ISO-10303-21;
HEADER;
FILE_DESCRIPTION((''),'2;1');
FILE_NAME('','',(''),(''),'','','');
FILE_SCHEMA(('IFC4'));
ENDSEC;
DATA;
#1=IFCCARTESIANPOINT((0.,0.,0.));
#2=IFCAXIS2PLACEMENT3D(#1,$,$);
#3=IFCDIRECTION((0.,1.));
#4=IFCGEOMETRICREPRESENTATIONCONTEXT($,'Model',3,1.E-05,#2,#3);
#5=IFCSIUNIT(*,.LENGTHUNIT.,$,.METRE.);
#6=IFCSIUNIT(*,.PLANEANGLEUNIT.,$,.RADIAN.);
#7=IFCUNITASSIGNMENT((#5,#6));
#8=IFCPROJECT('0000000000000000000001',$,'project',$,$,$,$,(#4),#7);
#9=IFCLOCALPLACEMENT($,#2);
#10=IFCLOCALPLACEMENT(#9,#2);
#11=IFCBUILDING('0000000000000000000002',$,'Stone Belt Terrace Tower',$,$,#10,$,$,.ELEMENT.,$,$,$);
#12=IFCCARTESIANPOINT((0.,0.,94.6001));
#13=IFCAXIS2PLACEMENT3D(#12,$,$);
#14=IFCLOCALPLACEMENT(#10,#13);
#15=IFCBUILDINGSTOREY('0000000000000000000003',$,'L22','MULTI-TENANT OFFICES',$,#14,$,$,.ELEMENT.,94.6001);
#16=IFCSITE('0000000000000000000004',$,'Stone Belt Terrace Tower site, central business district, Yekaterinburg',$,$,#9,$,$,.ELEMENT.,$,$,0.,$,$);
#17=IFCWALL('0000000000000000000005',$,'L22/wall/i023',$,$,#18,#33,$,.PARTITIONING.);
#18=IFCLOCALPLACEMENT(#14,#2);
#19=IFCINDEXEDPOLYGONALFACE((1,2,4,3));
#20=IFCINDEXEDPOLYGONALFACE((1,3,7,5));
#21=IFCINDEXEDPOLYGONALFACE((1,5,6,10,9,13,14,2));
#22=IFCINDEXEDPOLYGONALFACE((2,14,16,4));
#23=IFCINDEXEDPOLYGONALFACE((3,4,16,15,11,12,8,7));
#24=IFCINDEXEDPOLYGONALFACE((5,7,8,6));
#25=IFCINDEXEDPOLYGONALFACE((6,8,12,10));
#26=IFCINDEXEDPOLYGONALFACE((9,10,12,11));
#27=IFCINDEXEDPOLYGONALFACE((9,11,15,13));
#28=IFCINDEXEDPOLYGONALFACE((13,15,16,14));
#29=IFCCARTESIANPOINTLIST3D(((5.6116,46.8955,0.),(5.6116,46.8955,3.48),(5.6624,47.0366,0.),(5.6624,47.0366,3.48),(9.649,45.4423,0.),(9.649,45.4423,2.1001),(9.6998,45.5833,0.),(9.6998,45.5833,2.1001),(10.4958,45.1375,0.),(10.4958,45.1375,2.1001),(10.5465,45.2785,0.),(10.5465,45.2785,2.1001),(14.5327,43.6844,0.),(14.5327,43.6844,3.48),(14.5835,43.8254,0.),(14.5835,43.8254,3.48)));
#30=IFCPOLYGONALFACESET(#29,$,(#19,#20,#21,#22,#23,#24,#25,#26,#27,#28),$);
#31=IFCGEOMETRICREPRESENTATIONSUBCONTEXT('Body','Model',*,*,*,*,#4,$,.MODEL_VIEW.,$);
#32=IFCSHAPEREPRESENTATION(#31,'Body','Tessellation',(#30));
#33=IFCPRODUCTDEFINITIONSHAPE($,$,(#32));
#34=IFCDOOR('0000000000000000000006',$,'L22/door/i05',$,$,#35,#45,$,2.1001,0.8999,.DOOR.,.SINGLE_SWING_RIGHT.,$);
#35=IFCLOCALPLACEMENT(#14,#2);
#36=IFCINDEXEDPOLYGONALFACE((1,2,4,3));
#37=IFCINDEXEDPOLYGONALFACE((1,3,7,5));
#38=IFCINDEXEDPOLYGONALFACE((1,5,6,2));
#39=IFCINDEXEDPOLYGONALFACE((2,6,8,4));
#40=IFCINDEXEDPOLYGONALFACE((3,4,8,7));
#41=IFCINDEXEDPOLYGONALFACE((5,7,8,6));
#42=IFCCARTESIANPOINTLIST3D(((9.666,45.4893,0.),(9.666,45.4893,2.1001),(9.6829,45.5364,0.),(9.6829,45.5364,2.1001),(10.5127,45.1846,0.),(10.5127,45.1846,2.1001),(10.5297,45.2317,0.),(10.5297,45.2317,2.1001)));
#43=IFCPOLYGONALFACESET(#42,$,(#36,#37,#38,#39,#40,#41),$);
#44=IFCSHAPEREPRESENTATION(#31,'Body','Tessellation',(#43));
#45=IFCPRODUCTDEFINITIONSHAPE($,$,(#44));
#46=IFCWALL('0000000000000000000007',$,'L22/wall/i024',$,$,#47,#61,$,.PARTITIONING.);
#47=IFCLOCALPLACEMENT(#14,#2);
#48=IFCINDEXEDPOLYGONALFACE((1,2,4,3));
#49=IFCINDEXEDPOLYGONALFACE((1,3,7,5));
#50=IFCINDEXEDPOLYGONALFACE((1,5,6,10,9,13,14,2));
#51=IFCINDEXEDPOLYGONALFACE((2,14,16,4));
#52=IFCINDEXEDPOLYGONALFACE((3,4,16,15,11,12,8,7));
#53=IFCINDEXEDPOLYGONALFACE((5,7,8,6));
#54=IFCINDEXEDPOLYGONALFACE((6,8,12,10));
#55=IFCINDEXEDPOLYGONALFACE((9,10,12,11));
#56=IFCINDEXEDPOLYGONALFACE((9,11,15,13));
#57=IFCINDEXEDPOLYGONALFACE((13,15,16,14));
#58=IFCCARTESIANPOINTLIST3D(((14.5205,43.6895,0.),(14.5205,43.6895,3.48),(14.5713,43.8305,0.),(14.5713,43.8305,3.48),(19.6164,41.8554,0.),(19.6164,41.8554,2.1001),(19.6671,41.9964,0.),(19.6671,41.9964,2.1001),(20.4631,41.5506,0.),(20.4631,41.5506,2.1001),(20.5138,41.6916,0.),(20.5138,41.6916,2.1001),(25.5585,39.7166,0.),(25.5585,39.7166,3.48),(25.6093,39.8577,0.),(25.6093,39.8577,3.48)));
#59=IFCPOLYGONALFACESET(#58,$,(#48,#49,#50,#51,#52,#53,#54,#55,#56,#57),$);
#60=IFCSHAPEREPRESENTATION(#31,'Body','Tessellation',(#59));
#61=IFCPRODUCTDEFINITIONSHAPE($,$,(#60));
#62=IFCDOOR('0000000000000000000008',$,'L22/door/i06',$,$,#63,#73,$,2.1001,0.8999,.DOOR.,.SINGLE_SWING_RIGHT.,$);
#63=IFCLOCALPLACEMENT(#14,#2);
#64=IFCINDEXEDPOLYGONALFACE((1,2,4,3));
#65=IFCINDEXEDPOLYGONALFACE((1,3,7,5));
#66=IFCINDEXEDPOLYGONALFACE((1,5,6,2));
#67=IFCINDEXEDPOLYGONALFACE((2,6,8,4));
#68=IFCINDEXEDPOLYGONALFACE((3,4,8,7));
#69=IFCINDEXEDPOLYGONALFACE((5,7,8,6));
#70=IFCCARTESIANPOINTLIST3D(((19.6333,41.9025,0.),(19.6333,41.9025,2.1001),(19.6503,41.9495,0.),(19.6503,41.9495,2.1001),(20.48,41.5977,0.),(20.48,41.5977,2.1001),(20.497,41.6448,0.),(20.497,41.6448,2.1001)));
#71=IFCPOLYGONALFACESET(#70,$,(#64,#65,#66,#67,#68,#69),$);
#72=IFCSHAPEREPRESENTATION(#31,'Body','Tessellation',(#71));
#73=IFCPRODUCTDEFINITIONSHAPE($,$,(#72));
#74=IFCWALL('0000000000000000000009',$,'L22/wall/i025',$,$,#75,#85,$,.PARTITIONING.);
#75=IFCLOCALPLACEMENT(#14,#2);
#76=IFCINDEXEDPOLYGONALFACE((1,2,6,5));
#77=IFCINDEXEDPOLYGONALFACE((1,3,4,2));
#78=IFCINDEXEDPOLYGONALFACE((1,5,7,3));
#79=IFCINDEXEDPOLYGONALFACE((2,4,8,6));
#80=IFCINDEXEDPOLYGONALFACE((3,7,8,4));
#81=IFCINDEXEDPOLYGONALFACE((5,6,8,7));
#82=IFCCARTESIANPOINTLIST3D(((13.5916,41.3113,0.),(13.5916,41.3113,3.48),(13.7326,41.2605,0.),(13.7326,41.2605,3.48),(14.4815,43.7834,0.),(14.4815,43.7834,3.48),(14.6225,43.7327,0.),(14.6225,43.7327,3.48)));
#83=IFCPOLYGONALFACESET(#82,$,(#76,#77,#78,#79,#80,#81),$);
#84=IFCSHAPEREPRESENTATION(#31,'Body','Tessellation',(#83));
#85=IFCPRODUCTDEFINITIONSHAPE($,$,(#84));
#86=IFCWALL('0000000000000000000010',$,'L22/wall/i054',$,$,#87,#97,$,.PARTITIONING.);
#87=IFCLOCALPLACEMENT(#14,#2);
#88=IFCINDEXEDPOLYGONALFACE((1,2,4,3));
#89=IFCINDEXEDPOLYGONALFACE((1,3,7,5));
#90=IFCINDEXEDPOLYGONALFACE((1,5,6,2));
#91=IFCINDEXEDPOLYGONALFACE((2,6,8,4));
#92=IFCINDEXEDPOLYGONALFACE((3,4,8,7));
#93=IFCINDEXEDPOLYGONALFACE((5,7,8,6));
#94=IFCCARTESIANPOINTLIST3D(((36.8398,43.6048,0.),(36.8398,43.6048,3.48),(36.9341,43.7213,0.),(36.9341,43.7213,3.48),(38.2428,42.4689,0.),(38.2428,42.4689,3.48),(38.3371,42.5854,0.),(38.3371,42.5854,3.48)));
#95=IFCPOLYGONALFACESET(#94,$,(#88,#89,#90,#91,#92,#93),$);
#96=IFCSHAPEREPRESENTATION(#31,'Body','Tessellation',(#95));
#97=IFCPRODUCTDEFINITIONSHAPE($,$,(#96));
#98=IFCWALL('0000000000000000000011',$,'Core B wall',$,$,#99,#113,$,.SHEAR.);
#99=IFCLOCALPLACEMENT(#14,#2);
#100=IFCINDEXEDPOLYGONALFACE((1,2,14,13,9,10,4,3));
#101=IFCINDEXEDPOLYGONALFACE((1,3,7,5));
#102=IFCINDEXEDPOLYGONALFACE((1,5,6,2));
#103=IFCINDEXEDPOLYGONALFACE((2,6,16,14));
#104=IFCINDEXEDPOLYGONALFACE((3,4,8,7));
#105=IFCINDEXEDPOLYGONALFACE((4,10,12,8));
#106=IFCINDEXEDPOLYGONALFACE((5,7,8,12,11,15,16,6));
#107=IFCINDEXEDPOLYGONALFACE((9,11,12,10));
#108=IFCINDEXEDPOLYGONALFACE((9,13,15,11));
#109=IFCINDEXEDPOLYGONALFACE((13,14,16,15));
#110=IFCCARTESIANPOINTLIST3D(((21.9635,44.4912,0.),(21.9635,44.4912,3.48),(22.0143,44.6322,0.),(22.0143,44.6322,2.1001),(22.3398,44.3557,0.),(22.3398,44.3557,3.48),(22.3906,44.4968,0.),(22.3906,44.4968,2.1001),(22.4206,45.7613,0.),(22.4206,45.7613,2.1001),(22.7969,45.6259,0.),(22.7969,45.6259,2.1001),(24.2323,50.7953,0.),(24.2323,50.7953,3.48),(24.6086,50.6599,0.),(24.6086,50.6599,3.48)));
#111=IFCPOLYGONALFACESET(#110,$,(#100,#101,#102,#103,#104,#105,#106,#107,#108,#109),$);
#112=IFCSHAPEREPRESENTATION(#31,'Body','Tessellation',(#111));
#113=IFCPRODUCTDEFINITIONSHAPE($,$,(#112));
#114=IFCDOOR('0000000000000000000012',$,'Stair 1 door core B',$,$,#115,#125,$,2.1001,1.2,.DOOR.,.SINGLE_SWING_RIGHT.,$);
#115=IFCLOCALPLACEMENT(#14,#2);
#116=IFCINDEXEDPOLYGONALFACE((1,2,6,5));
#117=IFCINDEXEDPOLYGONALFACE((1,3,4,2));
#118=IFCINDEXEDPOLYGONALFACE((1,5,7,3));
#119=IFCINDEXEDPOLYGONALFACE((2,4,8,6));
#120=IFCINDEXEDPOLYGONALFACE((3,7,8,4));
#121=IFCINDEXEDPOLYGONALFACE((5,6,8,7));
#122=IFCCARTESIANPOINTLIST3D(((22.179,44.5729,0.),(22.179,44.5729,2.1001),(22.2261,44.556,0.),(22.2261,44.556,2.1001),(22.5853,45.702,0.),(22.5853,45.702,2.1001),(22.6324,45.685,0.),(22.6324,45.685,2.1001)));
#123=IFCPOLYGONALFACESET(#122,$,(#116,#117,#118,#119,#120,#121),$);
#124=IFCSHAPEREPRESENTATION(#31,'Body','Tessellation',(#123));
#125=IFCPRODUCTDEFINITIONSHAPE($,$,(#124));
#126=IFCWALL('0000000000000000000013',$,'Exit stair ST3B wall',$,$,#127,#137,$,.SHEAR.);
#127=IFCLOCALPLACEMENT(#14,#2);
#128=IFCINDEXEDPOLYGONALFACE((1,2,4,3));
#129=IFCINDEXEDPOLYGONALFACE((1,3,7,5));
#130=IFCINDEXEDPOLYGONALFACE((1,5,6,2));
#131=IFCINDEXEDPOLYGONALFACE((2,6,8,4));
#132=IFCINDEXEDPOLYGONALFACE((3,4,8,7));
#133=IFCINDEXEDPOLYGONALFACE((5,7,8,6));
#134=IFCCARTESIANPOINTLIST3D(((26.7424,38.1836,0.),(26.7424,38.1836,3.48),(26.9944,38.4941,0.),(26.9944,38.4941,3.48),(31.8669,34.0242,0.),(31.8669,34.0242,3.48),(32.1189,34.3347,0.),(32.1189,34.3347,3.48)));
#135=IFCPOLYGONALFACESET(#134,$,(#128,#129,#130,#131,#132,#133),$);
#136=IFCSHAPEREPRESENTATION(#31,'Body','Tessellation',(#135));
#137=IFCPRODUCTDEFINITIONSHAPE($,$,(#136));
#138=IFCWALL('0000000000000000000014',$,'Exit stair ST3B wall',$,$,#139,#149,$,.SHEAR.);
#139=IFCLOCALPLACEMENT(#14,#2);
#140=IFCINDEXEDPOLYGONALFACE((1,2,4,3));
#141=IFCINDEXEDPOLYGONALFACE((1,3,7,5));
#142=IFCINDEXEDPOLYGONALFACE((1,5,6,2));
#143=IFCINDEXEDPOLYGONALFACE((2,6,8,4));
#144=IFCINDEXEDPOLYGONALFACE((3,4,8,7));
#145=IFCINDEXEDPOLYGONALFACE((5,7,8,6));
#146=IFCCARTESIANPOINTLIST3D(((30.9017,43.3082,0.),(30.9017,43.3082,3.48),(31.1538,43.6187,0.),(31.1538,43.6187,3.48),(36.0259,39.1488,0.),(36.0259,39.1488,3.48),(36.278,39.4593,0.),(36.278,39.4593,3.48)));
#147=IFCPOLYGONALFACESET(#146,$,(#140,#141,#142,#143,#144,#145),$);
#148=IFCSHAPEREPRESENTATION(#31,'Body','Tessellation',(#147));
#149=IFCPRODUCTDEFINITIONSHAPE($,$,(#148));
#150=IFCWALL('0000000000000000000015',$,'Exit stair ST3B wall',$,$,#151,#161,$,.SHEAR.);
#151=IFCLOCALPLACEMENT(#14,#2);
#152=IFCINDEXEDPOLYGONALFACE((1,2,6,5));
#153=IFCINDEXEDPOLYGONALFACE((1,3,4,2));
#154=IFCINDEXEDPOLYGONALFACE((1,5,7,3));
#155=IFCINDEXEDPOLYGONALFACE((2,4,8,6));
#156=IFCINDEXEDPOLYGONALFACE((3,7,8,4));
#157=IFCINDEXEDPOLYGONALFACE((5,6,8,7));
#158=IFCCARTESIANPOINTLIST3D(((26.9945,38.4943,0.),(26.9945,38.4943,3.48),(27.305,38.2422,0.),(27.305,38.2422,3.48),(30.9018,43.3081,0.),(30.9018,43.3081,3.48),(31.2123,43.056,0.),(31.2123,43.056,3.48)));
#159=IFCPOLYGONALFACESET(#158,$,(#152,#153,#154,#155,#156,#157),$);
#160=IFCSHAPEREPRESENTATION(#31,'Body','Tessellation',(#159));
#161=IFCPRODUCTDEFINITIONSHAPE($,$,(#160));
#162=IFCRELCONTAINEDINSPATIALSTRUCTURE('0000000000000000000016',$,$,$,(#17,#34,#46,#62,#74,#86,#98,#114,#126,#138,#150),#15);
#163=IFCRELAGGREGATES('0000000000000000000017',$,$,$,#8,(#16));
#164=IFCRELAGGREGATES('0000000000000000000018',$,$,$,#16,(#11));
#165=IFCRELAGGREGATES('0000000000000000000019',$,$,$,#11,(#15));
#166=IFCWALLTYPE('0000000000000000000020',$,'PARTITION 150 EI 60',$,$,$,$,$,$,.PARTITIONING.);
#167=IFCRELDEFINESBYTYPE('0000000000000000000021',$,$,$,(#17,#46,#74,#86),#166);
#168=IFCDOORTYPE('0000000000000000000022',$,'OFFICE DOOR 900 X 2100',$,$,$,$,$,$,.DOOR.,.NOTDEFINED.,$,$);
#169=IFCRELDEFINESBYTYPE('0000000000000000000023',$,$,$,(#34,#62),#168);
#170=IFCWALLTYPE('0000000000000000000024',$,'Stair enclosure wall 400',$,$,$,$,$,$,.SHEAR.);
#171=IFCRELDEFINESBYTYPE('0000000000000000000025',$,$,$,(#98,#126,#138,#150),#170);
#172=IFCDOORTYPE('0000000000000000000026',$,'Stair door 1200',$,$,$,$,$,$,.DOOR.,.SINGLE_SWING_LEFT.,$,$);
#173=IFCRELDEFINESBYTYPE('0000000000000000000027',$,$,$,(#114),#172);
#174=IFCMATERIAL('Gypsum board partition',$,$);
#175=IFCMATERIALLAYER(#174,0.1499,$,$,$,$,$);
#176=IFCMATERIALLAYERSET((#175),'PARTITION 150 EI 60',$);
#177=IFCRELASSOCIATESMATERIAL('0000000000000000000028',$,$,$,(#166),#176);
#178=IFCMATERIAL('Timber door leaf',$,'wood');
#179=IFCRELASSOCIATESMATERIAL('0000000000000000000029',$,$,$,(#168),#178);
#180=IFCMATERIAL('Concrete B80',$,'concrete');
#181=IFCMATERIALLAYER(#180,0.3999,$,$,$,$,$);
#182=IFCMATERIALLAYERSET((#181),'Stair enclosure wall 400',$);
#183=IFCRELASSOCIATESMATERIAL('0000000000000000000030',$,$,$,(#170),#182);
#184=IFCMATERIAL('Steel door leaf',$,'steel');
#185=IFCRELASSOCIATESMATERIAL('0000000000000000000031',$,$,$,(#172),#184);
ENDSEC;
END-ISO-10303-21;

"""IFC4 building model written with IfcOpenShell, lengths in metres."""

from ifc_helpers import new_model, si_unit, direction, frame, frame_2d, origin, place, context, subcontext, project, spatial, rectangle, extrude, material, layer, layer_set, type_object, element, fill, save


model = new_model("IFC4")

# Units and contexts
model_context = context("Model", 3, precision=1e-05, world=origin(), true_north=direction((0.0, 1.0)))
body_context = subcontext(model_context, "Body", "Model", "MODEL_VIEW")
ifc_project = project(units=[si_unit("LENGTHUNIT", "METRE"), si_unit("PLANEANGLEUNIT", "RADIAN")], contexts=[model_context])

# Site, building, storey
site_placement = place(None, origin())
site = spatial("IfcSite", under=ifc_project, at=site_placement, Name="Stone Belt Terrace Tower site, central business district, Yekaterinburg", CompositionType="ELEMENT", RefElevation=0.0)
building_placement = place(site_placement, origin())
building = spatial("IfcBuilding", under=site, at=building_placement, Name="Stone Belt Terrace Tower", CompositionType="ELEMENT")
storey_placement = place(building_placement, frame((0.0, 0.0, 94.6001)))
storey = spatial("IfcBuildingStorey", under=building, at=storey_placement, Name="L22", Description="MULTI-TENANT OFFICES", CompositionType="ELEMENT", Elevation=94.6001)

# Shared definitions
ifc_material_1 = material(Name="Concrete B80", Category="concrete")

# Walls, openings, doors
ifc_material_2 = material(Name="Gypsum board partition")
ifc_layer_1 = layer(ifc_material_2, 0.1499)
ifc_layer_set_1 = layer_set([ifc_layer_1], Name="PARTITION 150 EI 60")
wall_type_1 = type_object("IfcWallType", Name="PARTITION 150 EI 60", PredefinedType="PARTITIONING", material=ifc_layer_set_1)
wall_1_placement = place(storey_placement, frame((14.5581, 43.7549, 0.0), z_axis=(0.0, 0.0, 1.0), x_axis=(-0.940902, 0.338679, 0.0)))
wall_1 = element("IfcWall", 1, at=wall_1_placement, inside=storey, type_object=wall_type_1, Name="L22/wall/i023", PredefinedType="PARTITIONING", context=body_context, shape_type="SweptSolid", body=[
    extrude(rectangle(XDim=9.4814, YDim=0.1499, at=frame_2d((4.7407, 0.0))), origin(), (0.0, 0.0, 1.0), 3.48),
])
opening_1_placement = place(wall_1_placement, frame((4.2905, 0.0, 0.0)))
opening_1 = element("IfcOpeningElement", 2, at=opening_1_placement, cuts=wall_1, PredefinedType="OPENING", context=body_context, shape_type="SweptSolid", body=[
    extrude(rectangle(XDim=0.8999, YDim=2.1001, at=frame_2d((0.45, 1.05))), frame((0.0, 0.085, 0.0), z_axis=(0.0, -1.0, 0.0), x_axis=(1.0, 0.0, 0.0)), (0.0, 0.0, 1.0), 0.1699),
])
ifc_material_3 = material(Name="Timber door leaf", Category="wood")
door_type_1 = type_object("IfcDoorType", Name="OFFICE DOOR 900 X 2100", OperationType="NOTDEFINED", PredefinedType="DOOR", material=ifc_material_3)
door_1_placement = place(opening_1_placement, origin())
door_1 = element("IfcDoor", 3, at=door_1_placement, inside=storey, type_object=door_type_1, Name="L22/door/i05", OperationType="SINGLE_SWING_RIGHT", OverallHeight=2.1001, OverallWidth=0.8999, PredefinedType="DOOR", context=body_context, shape_type="SweptSolid", body=[
    extrude(rectangle(XDim=0.8999, YDim=2.1001, at=frame_2d((0.45, 1.05))), frame((0.0, 0.0249, 0.0), z_axis=(0.0, -1.0, 0.0), x_axis=(1.0, 0.0, 0.0)), (0.0, 0.0, 1.0), 0.05),
])
fill(opening_1, door_1)
wall_2_placement = place(storey_placement, frame((25.584, 39.7871, 0.0), z_axis=(0.0, 0.0, 1.0), x_axis=(-0.940909, 0.338658, 0.0)))
wall_2 = element("IfcWall", 4, at=wall_2_placement, inside=storey, type_object=wall_type_1, Name="L22/wall/i024", PredefinedType="PARTITIONING", context=body_context, shape_type="SweptSolid", body=[
    extrude(rectangle(XDim=11.7312, YDim=0.1499, at=frame_2d((5.8657, 0.0))), origin(), (0.0, 0.0, 1.0), 3.48),
])
opening_2_placement = place(wall_2_placement, frame((5.4155, 0.0, 0.0)))
opening_2 = element("IfcOpeningElement", 5, at=opening_2_placement, cuts=wall_2, PredefinedType="OPENING", context=body_context, shape_type="SweptSolid", body=[
    extrude(rectangle(XDim=0.8999, YDim=2.1001, at=frame_2d((0.45, 1.05))), frame((0.0, 0.085, 0.0), z_axis=(0.0, -1.0, 0.0), x_axis=(1.0, 0.0, 0.0)), (0.0, 0.0, 1.0), 0.1699),
])
door_2_placement = place(opening_2_placement, origin())
door_2 = element("IfcDoor", 6, at=door_2_placement, inside=storey, type_object=door_type_1, Name="L22/door/i06", OperationType="SINGLE_SWING_RIGHT", OverallHeight=2.1001, OverallWidth=0.8999, PredefinedType="DOOR", context=body_context, shape_type="SweptSolid", body=[
    extrude(rectangle(XDim=0.8999, YDim=2.1001, at=frame_2d((0.45, 1.05))), frame((0.0, 0.0249, 0.0), z_axis=(0.0, -1.0, 0.0), x_axis=(1.0, 0.0, 0.0)), (0.0, 0.0, 1.0), 0.05),
])
fill(opening_2, door_2)

# Walls
wall_3_placement = place(storey_placement, frame((14.552, 43.7581, 0.0), z_axis=(0.0, 0.0, 1.0), x_axis=(-0.33869, -0.940898, 0.0)))
element("IfcWall", 7, at=wall_3_placement, inside=storey, type_object=wall_type_1, Name="L22/wall/i025", PredefinedType="PARTITIONING", context=body_context, shape_type="SweptSolid", body=[
    extrude(rectangle(XDim=2.6274, YDim=0.1499, at=frame_2d((1.3137, 0.0))), origin(), (0.0, 0.0, 1.0), 3.48),
])
wall_4_placement = place(storey_placement, frame((36.887, 43.6631, 0.0), z_axis=(0.0, 0.0, 1.0), x_axis=(0.777201, -0.629253, 0.0)))
element("IfcWall", 8, at=wall_4_placement, inside=storey, type_object=wall_type_1, Name="L22/wall/i054", PredefinedType="PARTITIONING", context=body_context, shape_type="SweptSolid", body=[
    extrude(rectangle(XDim=1.8052, YDim=0.1499, at=frame_2d((0.9026, 0.0))), origin(), (0.0, 0.0, 1.0), 3.48),
])

# Wall, opening, door
ifc_layer_2 = layer(ifc_material_1, 0.3999)
ifc_layer_set_2 = layer_set([ifc_layer_2], Name="Stair enclosure wall 400")
wall_type_2 = type_object("IfcWallType", Name="Stair enclosure wall 400", PredefinedType="SHEAR", material=ifc_layer_set_2)
wall_5_placement = place(storey_placement, frame((22.1516, 44.4233, 0.0), z_axis=(0.0, 0.0, 1.0), x_axis=(0.338625, 0.940921, 0.0)))
wall_5 = element("IfcWall", 9, at=wall_5_placement, inside=storey, type_object=wall_type_2, Name="Core B wall", PredefinedType="SHEAR", context=body_context, shape_type="SweptSolid", body=[
    extrude(rectangle(XDim=6.7, YDim=0.3999, at=frame_2d((3.3501, 0.0))), origin(), (0.0, 0.0, 1.0), 3.48),
])
opening_3_placement = place(wall_5_placement, frame((0.1499, 0.0, 0.0)))
opening_3 = element("IfcOpeningElement", 10, at=opening_3_placement, cuts=wall_5, PredefinedType="OPENING", context=body_context, shape_type="SweptSolid", body=[
    extrude(rectangle(XDim=1.2, YDim=2.1001, at=frame_2d((0.6001, 1.05))), frame((0.0, 0.21, 0.0), z_axis=(0.0, -1.0, 0.0), x_axis=(1.0, 0.0, 0.0)), (0.0, 0.0, 1.0), 0.4199),
])
ifc_material_4 = material(Name="Steel door leaf", Category="steel")
door_type_2 = type_object("IfcDoorType", Name="Stair door 1200", OperationType="SINGLE_SWING_LEFT", PredefinedType="DOOR", material=ifc_material_4)
door_3_placement = place(opening_3_placement, origin())
door_3 = element("IfcDoor", 11, at=door_3_placement, inside=storey, type_object=door_type_2, Name="Stair 1 door core B", OperationType="SINGLE_SWING_RIGHT", OverallHeight=2.1001, OverallWidth=1.2, PredefinedType="DOOR", context=body_context, shape_type="SweptSolid", body=[
    extrude(rectangle(XDim=1.2, YDim=2.1001, at=frame_2d((0.6001, 1.05))), frame((0.0, 0.0249, 0.0), z_axis=(0.0, -1.0, 0.0), x_axis=(1.0, 0.0, 0.0)), (0.0, 0.0, 1.0), 0.05),
])
fill(opening_3, door_3)

# Walls
wall_6_placement = place(storey_placement, frame((26.8684, 38.3389, 0.0), z_axis=(0.0, 0.0, 1.0), x_axis=(0.776428, -0.630205, 0.0)))
element("IfcWall", 12, at=wall_6_placement, inside=storey, type_object=wall_type_2, Name="Exit stair ST3B wall", PredefinedType="SHEAR", context=body_context, shape_type="SweptSolid", body=[
    extrude(rectangle(XDim=6.6001, YDim=0.3999, at=frame_2d((3.3, 0.0))), origin(), (0.0, 0.0, 1.0), 3.48),
])
wall_7_placement = place(storey_placement, frame((31.0278, 43.4634, 0.0), z_axis=(0.0, 0.0, 1.0), x_axis=(0.776414, -0.630224, 0.0)))
element("IfcWall", 13, at=wall_7_placement, inside=storey, type_object=wall_type_2, Name="Exit stair ST3B wall", PredefinedType="SHEAR", context=body_context, shape_type="SweptSolid", body=[
    extrude(rectangle(XDim=6.5999, YDim=0.3999, at=frame_2d((3.2998, 0.0))), origin(), (0.0, 0.0, 1.0), 3.48),
])
wall_8_placement = place(storey_placement, frame((27.1497, 38.3682, 0.0), z_axis=(0.0, 0.0, 1.0), x_axis=(0.630212, 0.776423, 0.0)))
element("IfcWall", 14, at=wall_8_placement, inside=storey, type_object=wall_type_2, Name="Exit stair ST3B wall", PredefinedType="SHEAR", context=body_context, shape_type="SweptSolid", body=[
    extrude(rectangle(XDim=6.2, YDim=0.3999, at=frame_2d((3.1001, 0.0))), origin(), (0.0, 0.0, 1.0), 3.48),
])

save(model, "model.ifc")
